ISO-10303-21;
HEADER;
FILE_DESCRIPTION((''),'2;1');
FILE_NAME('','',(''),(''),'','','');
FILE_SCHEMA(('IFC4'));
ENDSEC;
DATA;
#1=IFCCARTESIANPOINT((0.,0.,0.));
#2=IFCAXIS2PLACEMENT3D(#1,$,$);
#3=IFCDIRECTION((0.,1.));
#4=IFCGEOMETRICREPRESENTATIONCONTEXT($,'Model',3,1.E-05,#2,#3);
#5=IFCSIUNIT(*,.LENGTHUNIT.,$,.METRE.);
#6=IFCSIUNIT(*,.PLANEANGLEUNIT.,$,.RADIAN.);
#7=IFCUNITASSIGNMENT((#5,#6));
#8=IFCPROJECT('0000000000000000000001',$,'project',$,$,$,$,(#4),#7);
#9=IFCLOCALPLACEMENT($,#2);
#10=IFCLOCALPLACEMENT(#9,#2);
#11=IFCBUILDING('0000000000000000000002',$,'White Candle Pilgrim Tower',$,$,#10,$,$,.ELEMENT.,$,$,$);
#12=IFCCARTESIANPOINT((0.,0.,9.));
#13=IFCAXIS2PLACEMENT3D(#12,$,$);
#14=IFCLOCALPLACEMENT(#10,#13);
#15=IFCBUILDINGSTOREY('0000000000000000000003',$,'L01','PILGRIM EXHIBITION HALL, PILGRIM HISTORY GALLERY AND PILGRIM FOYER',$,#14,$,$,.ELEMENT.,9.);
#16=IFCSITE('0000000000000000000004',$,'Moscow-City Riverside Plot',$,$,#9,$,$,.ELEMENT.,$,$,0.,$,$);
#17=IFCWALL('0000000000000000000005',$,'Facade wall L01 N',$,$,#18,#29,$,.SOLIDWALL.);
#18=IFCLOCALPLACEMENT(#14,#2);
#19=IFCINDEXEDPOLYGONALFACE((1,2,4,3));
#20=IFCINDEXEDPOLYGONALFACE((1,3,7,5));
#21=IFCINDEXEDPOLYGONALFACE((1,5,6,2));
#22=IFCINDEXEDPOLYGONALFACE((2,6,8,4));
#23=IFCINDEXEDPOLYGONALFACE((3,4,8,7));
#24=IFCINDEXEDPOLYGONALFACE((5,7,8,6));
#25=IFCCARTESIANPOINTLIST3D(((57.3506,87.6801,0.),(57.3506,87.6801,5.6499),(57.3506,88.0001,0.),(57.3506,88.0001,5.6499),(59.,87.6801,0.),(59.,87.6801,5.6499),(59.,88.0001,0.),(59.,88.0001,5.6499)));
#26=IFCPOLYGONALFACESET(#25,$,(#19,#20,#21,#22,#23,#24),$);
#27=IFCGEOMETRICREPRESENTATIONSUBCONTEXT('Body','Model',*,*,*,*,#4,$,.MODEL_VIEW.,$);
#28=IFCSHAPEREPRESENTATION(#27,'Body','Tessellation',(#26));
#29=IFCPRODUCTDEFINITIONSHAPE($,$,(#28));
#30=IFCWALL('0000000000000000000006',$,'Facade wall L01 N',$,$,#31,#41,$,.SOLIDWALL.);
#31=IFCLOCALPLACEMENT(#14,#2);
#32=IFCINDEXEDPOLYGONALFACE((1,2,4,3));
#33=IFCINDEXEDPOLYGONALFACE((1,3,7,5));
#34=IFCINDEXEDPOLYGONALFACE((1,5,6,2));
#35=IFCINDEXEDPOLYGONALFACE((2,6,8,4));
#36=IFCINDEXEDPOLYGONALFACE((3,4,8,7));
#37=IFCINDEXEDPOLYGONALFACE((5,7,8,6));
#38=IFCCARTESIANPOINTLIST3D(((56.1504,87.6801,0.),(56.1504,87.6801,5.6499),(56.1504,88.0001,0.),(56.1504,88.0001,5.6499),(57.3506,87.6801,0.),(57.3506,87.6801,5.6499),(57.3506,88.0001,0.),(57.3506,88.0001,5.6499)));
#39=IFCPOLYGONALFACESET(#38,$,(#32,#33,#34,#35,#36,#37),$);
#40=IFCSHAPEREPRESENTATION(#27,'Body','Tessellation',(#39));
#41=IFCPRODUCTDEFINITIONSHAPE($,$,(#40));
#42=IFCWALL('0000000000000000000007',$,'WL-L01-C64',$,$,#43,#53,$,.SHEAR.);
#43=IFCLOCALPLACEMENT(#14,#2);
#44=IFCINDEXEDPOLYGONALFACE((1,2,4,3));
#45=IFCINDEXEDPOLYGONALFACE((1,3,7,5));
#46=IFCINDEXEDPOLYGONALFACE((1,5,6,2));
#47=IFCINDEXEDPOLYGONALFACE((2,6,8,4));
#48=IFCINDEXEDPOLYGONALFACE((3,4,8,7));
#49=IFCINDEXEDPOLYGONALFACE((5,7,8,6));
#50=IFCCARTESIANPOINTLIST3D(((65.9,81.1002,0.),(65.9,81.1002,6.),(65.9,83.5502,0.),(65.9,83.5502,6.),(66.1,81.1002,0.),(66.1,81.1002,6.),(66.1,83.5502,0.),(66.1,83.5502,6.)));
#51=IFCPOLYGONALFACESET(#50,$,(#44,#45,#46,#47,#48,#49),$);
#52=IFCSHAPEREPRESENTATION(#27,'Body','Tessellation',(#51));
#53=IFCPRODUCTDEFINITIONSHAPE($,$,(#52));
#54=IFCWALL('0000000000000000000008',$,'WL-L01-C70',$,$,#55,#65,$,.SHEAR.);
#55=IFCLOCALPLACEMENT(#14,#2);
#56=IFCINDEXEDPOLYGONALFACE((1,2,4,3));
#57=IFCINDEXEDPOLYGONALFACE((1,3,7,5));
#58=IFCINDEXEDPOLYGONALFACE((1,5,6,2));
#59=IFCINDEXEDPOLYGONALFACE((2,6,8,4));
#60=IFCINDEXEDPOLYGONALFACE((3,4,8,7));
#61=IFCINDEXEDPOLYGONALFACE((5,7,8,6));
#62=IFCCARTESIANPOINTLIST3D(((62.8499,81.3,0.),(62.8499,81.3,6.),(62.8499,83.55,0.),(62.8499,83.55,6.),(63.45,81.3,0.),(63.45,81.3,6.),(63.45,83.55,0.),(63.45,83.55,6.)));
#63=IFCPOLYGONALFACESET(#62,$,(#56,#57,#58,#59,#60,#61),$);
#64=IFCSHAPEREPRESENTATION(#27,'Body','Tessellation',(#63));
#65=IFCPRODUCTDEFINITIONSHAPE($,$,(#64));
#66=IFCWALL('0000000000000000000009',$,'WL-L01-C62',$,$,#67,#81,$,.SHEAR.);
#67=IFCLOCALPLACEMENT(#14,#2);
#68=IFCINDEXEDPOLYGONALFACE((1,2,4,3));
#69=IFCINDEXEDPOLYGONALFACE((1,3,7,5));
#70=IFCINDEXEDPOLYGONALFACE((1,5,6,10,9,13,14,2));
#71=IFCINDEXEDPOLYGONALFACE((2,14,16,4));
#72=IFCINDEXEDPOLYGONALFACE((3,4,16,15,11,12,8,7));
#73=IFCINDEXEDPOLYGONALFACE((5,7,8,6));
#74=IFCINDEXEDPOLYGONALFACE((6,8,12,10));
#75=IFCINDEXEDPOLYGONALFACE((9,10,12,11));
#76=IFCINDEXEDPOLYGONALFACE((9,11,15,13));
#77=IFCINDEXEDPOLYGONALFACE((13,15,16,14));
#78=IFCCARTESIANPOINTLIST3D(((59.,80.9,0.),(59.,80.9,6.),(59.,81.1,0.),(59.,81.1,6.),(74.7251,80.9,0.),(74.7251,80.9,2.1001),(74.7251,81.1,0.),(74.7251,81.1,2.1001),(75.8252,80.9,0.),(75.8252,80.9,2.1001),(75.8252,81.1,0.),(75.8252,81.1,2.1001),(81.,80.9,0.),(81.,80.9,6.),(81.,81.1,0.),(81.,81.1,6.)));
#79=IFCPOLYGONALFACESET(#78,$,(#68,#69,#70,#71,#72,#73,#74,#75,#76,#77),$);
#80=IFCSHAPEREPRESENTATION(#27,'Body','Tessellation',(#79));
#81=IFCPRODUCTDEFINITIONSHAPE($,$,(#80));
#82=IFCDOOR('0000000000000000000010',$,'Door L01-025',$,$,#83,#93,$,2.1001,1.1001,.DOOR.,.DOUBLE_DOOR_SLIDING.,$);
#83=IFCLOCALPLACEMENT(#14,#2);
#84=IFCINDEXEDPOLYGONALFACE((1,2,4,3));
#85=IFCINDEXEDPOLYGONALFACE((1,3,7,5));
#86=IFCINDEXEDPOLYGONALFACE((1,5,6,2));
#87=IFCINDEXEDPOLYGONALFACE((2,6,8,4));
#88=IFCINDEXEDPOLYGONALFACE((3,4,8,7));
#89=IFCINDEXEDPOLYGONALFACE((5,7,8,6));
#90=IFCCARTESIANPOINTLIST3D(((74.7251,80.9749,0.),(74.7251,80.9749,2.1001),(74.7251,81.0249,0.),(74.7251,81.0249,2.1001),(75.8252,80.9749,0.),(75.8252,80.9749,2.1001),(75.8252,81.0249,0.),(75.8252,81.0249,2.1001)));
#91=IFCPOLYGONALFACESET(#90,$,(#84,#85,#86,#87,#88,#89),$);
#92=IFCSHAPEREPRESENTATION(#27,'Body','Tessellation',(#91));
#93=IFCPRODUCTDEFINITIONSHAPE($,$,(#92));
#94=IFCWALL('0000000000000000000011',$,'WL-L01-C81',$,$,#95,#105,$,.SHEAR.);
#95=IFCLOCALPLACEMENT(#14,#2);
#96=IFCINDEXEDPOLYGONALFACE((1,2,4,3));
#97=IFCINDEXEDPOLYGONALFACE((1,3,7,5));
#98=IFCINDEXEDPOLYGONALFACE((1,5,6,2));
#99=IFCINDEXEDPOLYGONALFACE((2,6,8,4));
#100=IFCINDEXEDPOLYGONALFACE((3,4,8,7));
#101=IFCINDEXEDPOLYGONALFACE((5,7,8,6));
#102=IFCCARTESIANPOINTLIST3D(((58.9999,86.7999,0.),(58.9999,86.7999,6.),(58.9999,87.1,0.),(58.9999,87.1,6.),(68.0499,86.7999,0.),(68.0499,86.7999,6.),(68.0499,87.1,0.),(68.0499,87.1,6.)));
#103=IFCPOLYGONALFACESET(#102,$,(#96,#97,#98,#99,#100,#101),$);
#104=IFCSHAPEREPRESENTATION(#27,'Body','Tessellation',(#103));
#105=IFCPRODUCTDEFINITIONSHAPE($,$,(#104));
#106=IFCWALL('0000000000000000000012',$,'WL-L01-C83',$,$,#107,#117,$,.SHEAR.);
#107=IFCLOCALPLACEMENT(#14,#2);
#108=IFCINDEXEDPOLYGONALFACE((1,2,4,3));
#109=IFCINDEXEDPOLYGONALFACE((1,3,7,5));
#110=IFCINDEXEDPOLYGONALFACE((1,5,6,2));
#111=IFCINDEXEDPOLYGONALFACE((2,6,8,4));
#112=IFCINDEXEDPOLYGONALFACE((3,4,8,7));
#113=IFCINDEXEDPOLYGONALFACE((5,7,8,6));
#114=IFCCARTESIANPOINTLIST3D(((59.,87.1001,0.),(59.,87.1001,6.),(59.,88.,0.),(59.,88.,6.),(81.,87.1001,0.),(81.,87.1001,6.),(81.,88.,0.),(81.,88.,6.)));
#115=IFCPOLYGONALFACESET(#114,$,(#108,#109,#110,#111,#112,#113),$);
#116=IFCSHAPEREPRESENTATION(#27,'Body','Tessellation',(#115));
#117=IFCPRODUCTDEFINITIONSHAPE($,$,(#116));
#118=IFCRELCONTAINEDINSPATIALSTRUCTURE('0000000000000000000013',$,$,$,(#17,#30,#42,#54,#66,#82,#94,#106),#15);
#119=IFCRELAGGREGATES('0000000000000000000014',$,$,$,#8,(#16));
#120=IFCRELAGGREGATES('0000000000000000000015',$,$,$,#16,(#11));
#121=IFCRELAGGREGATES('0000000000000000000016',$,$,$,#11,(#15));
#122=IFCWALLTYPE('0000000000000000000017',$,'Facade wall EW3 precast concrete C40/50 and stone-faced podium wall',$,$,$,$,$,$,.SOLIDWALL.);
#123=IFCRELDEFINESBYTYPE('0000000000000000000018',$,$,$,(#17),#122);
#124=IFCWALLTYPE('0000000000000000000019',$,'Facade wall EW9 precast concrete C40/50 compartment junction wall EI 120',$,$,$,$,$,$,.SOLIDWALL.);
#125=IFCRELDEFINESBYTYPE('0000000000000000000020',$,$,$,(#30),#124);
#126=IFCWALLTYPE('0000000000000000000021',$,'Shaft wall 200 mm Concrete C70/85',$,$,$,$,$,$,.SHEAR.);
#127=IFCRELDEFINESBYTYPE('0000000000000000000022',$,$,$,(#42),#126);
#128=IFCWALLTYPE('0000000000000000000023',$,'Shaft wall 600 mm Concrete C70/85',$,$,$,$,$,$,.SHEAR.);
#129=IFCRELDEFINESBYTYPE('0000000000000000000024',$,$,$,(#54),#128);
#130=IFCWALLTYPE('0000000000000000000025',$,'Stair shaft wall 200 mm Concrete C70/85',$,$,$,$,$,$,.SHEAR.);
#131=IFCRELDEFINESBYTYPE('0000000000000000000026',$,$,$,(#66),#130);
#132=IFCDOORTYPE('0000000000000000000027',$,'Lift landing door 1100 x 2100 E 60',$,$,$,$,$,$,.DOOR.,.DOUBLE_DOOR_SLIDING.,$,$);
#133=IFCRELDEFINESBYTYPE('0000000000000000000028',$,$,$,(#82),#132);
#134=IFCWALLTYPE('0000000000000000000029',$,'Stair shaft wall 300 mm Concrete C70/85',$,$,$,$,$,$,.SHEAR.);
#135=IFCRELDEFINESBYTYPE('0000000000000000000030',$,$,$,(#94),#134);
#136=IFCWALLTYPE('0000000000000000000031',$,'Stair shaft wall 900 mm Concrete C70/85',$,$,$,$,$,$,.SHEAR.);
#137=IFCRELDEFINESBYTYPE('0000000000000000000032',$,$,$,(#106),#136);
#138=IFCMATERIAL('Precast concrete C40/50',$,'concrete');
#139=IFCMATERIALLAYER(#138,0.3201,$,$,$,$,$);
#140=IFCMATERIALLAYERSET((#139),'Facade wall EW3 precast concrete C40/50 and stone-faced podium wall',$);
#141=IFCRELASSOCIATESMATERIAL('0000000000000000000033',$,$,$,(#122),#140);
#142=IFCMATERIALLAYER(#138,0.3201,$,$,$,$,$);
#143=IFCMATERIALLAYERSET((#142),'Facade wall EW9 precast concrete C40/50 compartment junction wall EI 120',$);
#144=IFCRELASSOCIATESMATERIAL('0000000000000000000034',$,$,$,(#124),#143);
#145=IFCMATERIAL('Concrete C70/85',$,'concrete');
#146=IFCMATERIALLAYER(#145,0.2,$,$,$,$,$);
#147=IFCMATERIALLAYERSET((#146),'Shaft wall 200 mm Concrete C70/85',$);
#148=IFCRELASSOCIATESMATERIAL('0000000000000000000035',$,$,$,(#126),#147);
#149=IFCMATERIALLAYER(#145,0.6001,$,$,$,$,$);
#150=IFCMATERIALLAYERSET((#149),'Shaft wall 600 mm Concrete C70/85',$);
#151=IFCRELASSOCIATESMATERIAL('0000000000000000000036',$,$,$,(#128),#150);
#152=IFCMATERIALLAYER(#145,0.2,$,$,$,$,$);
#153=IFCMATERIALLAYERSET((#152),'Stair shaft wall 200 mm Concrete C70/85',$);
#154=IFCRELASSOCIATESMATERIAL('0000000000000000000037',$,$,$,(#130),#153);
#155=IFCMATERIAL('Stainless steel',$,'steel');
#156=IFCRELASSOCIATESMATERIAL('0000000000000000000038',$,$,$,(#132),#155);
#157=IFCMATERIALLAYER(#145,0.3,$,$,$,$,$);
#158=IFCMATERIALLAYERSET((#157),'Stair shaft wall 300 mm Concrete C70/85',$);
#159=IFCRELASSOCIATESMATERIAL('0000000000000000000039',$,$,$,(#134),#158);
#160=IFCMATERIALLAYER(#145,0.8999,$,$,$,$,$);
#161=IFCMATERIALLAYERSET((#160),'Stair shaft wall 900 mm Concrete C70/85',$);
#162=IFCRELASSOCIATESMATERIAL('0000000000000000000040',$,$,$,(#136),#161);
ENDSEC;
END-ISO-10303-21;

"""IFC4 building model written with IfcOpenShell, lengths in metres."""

from ifc_helpers import new_model, si_unit, direction, frame, frame_2d, origin, place, context, subcontext, project, spatial, rectangle, extrude, material, layer, layer_set, type_object, element, fill, save


model = new_model("IFC4")

# Units and contexts
model_context = context("Model", 3, precision=1e-05, world=origin(), true_north=direction((0.0, 1.0)))
body_context = subcontext(model_context, "Body", "Model", "MODEL_VIEW")
ifc_project = project(units=[si_unit("LENGTHUNIT", "METRE"), si_unit("PLANEANGLEUNIT", "RADIAN")], contexts=[model_context])

# Site, building, storey
site_placement = place(None, origin())
site = spatial("IfcSite", under=ifc_project, at=site_placement, Name="Moscow-City Riverside Plot", CompositionType="ELEMENT", RefElevation=0.0)
building_placement = place(site_placement, origin())
building = spatial("IfcBuilding", under=site, at=building_placement, Name="White Candle Pilgrim Tower", CompositionType="ELEMENT")
storey_placement = place(building_placement, frame((0.0, 0.0, 9.0)))
storey = spatial("IfcBuildingStorey", under=building, at=storey_placement, Name="L01", Description="PILGRIM EXHIBITION HALL, PILGRIM HISTORY GALLERY AND PILGRIM FOYER", CompositionType="ELEMENT", Elevation=9.0)

# Shared definitions
ifc_material_1 = material(Name="Concrete C70/85", Category="concrete")

# Shared definitions
ifc_material_2 = material(Name="Stainless steel", Category="steel")

# Walls
ifc_material_3 = material(Name="Precast concrete C40/50", Category="concrete")
ifc_layer_1 = layer(ifc_material_3, 0.3201)
ifc_layer_set_1 = layer_set([ifc_layer_1], Name="Facade wall EW3 precast concrete C40/50 and stone-faced podium wall")
wall_type_1 = type_object("IfcWallType", Name="Facade wall EW3 precast concrete C40/50 and stone-faced podium wall", PredefinedType="SOLIDWALL", material=ifc_layer_set_1)
wall_1_placement = place(storey_placement, frame((59.0, 87.8401, 0.0), z_axis=(0.0, 0.0, 1.0), x_axis=(-1.0, 0.0, 0.0)))
element("IfcWall", 1, at=wall_1_placement, inside=storey, type_object=wall_type_1, Name="Facade wall L01 N", PredefinedType="SOLIDWALL", context=body_context, shape_type="SweptSolid", body=[
    extrude(rectangle(XDim=1.6494, YDim=0.3201, at=frame_2d((0.8247, 0.0))), origin(), (0.0, 0.0, 1.0), 5.6499),
])
ifc_layer_2 = layer(ifc_material_3, 0.3201)
ifc_layer_set_2 = layer_set([ifc_layer_2], Name="Facade wall EW9 precast concrete C40/50 compartment junction wall EI 120")
wall_type_2 = type_object("IfcWallType", Name="Facade wall EW9 precast concrete C40/50 compartment junction wall EI 120", PredefinedType="SOLIDWALL", material=ifc_layer_set_2)
wall_2_placement = place(storey_placement, frame((57.3506, 87.8401, 0.0), z_axis=(0.0, 0.0, 1.0), x_axis=(-1.0, 0.0, 0.0)))
element("IfcWall", 2, at=wall_2_placement, inside=storey, type_object=wall_type_2, Name="Facade wall L01 N", PredefinedType="SOLIDWALL", context=body_context, shape_type="SweptSolid", body=[
    extrude(rectangle(XDim=1.2002, YDim=0.3201, at=frame_2d((0.6001, 0.0))), origin(), (0.0, 0.0, 1.0), 5.6499),
])
ifc_layer_3 = layer(ifc_material_1, 0.2)
ifc_layer_set_3 = layer_set([ifc_layer_3], Name="Shaft wall 200 mm Concrete C70/85")
wall_type_3 = type_object("IfcWallType", Name="Shaft wall 200 mm Concrete C70/85", PredefinedType="SHEAR", material=ifc_layer_set_3)
wall_3_placement = place(storey_placement, frame((66.0, 81.1001, 0.0), z_axis=(0.0, 0.0, 1.0), x_axis=(0.0, 1.0, 0.0)))
element("IfcWall", 3, at=wall_3_placement, inside=storey, type_object=wall_type_3, Name="WL-L01-C64", PredefinedType="SHEAR", context=body_context, shape_type="SweptSolid", body=[
    extrude(rectangle(XDim=2.45, YDim=0.2, at=frame_2d((1.2251, 0.0))), origin(), (0.0, 0.0, 1.0), 6.0),
])
ifc_layer_4 = layer(ifc_material_1, 0.6001)
ifc_layer_set_4 = layer_set([ifc_layer_4], Name="Shaft wall 600 mm Concrete C70/85")
wall_type_4 = type_object("IfcWallType", Name="Shaft wall 600 mm Concrete C70/85", PredefinedType="SHEAR", material=ifc_layer_set_4)
wall_4_placement = place(storey_placement, frame((63.1499, 81.3, 0.0), z_axis=(0.0, 0.0, 1.0), x_axis=(0.0, 1.0, 0.0)))
element("IfcWall", 4, at=wall_4_placement, inside=storey, type_object=wall_type_4, Name="WL-L01-C70", PredefinedType="SHEAR", context=body_context, shape_type="SweptSolid", body=[
    extrude(rectangle(XDim=2.25, YDim=0.6001, at=frame_2d((1.125, 0.0))), origin(), (0.0, 0.0, 1.0), 6.0),
])

# Wall, opening, door
ifc_layer_5 = layer(ifc_material_1, 0.2)
ifc_layer_set_5 = layer_set([ifc_layer_5], Name="Stair shaft wall 200 mm Concrete C70/85")
wall_type_5 = type_object("IfcWallType", Name="Stair shaft wall 200 mm Concrete C70/85", PredefinedType="SHEAR", material=ifc_layer_set_5)
wall_5_placement = place(storey_placement, frame((59.0, 81.0, 0.0), z_axis=(0.0, 0.0, 1.0), x_axis=(1.0, 0.0, 0.0)))
wall_5 = element("IfcWall", 5, at=wall_5_placement, inside=storey, type_object=wall_type_5, Name="WL-L01-C62", PredefinedType="SHEAR", context=body_context, shape_type="SweptSolid", body=[
    extrude(rectangle(XDim=22.0, YDim=0.2, at=frame_2d((11.0, 0.0))), origin(), (0.0, 0.0, 1.0), 6.0),
])
opening_1_placement = place(wall_5_placement, frame((15.7251, 0.0, 0.0)))
opening_1 = element("IfcOpeningElement", 6, at=opening_1_placement, cuts=wall_5, PredefinedType="OPENING", context=body_context, shape_type="SweptSolid", body=[
    extrude(rectangle(XDim=1.1001, YDim=2.1001, at=frame_2d((0.55, 1.05))), frame((0.0, 0.1099, 0.0), z_axis=(0.0, -1.0, 0.0), x_axis=(1.0, 0.0, 0.0)), (0.0, 0.0, 1.0), 0.22),
])
door_type_1 = type_object("IfcDoorType", Name="Lift landing door 1100 x 2100 E 60", OperationType="DOUBLE_DOOR_SLIDING", PredefinedType="DOOR", material=ifc_material_2)
door_1_placement = place(opening_1_placement, origin())
door_1 = element("IfcDoor", 7, at=door_1_placement, inside=storey, type_object=door_type_1, Name="Door L01-025", OperationType="DOUBLE_DOOR_SLIDING", OverallHeight=2.1001, OverallWidth=1.1001, PredefinedType="DOOR", context=body_context, shape_type="SweptSolid", body=[
    extrude(rectangle(XDim=1.1001, YDim=2.1001, at=frame_2d((0.55, 1.05))), frame((0.0, 0.0249, 0.0), z_axis=(0.0, -1.0, 0.0), x_axis=(1.0, 0.0, 0.0)), (0.0, 0.0, 1.0), 0.05),
])
fill(opening_1, door_1)

# Walls
ifc_layer_6 = layer(ifc_material_1, 0.3)
ifc_layer_set_6 = layer_set([ifc_layer_6], Name="Stair shaft wall 300 mm Concrete C70/85")
wall_type_6 = type_object("IfcWallType", Name="Stair shaft wall 300 mm Concrete C70/85", PredefinedType="SHEAR", material=ifc_layer_set_6)
wall_6_placement = place(storey_placement, frame((59.0, 86.95, 0.0), z_axis=(0.0, 0.0, 1.0), x_axis=(1.0, 0.0, 0.0)))
element("IfcWall", 8, at=wall_6_placement, inside=storey, type_object=wall_type_6, Name="WL-L01-C81", PredefinedType="SHEAR", context=body_context, shape_type="SweptSolid", body=[
    extrude(rectangle(XDim=9.05, YDim=0.3, at=frame_2d((4.5249, 0.0))), origin(), (0.0, 0.0, 1.0), 6.0),
])
ifc_layer_7 = layer(ifc_material_1, 0.8999)
ifc_layer_set_7 = layer_set([ifc_layer_7], Name="Stair shaft wall 900 mm Concrete C70/85")
wall_type_7 = type_object("IfcWallType", Name="Stair shaft wall 900 mm Concrete C70/85", PredefinedType="SHEAR", material=ifc_layer_set_7)
wall_7_placement = place(storey_placement, frame((59.0, 87.55, 0.0), z_axis=(0.0, 0.0, 1.0), x_axis=(1.0, 0.0, 0.0)))
element("IfcWall", 9, at=wall_7_placement, inside=storey, type_object=wall_type_7, Name="WL-L01-C83", PredefinedType="SHEAR", context=body_context, shape_type="SweptSolid", body=[
    extrude(rectangle(XDim=22.0, YDim=0.8999, at=frame_2d((11.0, 0.0))), origin(), (0.0, 0.0, 1.0), 6.0),
])

save(model, "model.ifc")
